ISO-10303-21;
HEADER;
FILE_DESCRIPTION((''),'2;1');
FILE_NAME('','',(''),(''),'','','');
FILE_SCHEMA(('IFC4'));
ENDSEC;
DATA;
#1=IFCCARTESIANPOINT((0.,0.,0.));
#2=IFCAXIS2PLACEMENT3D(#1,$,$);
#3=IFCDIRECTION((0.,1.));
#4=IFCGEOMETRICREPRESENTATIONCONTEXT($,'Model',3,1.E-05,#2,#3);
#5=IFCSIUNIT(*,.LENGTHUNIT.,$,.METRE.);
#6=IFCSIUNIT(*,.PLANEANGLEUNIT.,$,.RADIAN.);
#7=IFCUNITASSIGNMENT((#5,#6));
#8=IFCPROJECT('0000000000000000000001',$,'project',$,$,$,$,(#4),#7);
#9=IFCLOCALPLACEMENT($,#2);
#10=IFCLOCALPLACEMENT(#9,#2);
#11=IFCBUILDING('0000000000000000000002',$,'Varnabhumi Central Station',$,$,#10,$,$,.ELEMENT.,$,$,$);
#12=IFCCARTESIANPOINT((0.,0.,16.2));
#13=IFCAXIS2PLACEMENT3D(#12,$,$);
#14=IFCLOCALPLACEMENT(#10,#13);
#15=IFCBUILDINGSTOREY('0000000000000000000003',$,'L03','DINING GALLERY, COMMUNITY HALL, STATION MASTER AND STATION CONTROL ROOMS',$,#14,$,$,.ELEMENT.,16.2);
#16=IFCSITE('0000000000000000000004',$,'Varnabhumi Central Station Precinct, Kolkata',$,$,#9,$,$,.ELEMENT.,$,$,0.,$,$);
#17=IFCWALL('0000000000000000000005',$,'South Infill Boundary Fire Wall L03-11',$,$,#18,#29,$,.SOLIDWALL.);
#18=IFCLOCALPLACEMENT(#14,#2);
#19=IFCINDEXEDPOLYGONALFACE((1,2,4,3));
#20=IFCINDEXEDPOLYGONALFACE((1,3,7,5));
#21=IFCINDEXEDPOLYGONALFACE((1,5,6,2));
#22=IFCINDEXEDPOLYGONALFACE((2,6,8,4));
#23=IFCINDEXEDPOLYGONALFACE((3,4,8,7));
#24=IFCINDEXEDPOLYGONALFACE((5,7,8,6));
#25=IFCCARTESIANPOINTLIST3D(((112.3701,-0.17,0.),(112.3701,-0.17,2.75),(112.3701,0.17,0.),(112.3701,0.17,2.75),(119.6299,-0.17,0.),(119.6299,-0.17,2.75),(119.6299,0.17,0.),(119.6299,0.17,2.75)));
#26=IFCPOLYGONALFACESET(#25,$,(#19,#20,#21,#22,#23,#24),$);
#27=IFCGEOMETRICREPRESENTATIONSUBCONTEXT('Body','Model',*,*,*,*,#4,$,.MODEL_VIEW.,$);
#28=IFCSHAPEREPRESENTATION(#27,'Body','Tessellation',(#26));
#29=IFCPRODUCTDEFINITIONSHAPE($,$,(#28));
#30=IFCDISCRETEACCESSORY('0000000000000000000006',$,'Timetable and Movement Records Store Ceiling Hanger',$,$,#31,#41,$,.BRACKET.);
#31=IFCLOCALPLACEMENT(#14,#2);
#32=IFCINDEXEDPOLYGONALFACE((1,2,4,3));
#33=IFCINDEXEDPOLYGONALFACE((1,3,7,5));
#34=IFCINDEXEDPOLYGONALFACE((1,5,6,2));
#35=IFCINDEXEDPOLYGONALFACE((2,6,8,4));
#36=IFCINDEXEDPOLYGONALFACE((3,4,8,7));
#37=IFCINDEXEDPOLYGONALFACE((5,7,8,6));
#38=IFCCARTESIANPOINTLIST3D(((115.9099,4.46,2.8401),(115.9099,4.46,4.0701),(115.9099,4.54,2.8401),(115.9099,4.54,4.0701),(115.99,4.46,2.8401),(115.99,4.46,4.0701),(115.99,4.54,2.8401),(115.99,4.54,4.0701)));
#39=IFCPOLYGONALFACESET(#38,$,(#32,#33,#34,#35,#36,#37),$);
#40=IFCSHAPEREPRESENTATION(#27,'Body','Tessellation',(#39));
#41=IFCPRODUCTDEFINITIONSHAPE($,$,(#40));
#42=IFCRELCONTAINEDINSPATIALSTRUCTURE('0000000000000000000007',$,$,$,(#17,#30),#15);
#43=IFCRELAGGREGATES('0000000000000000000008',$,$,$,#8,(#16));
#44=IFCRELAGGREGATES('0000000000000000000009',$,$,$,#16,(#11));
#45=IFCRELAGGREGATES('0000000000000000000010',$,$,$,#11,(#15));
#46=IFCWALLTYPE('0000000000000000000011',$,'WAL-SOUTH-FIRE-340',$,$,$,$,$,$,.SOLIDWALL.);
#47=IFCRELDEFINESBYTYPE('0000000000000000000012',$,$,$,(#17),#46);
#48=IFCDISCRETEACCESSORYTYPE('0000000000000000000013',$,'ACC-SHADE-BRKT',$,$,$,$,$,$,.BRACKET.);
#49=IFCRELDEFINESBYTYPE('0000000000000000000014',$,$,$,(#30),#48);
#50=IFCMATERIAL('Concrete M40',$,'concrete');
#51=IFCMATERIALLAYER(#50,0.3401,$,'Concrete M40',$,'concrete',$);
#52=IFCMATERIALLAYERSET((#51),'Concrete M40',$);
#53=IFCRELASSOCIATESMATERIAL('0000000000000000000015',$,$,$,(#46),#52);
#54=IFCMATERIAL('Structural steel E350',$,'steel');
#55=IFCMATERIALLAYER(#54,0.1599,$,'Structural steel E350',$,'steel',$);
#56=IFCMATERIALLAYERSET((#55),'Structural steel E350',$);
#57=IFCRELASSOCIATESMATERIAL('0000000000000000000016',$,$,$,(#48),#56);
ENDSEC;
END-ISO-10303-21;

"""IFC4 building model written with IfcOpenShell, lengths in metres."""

from ifc_helpers import new_model, si_unit, direction, frame, frame_2d, origin, origin_2d, place, context, subcontext, project, spatial, rectangle, extrude, material, layer, layer_set, type_object, element, save


model = new_model("IFC4")

# Units and contexts
model_context = context("Model", 3, precision=1e-05, world=origin(), true_north=direction((0.0, 1.0)))
body_context = subcontext(model_context, "Body", "Model", "MODEL_VIEW")
ifc_project = project(units=[si_unit("LENGTHUNIT", "METRE"), si_unit("PLANEANGLEUNIT", "RADIAN")], contexts=[model_context])

# Site, building, storey
site_placement = place(None, origin())
site = spatial("IfcSite", under=ifc_project, at=site_placement, Name="Varnabhumi Central Station Precinct, Kolkata", CompositionType="ELEMENT", RefElevation=0.0)
building_placement = place(site_placement, origin())
building = spatial("IfcBuilding", under=site, at=building_placement, Name="Varnabhumi Central Station", CompositionType="ELEMENT")
storey_placement = place(building_placement, frame((0.0, 0.0, 16.2)))
storey = spatial("IfcBuildingStorey", under=building, at=storey_placement, Name="L03", Description="DINING GALLERY, COMMUNITY HALL, STATION MASTER AND STATION CONTROL ROOMS", CompositionType="ELEMENT", Elevation=16.2)

# Shared definitions
ifc_material_1 = material(Name="Concrete M40", Category="concrete")

# Shared definitions
ifc_material_2 = material(Name="Structural steel E350", Category="steel")

# Wall
ifc_layer_1 = layer(ifc_material_1, 0.3401, Name="Concrete M40", Category="concrete")
ifc_layer_set_1 = layer_set([ifc_layer_1], Name="Concrete M40")
wall_type_1 = type_object("IfcWallType", Name="WAL-SOUTH-FIRE-340", PredefinedType="SOLIDWALL", material=ifc_layer_set_1)
wall_1_placement = place(storey_placement, frame((112.3701, 0.0, 0.0), z_axis=(0.0, 0.0, 1.0), x_axis=(1.0, 0.0, 0.0)))
element("IfcWall", 1, at=wall_1_placement, inside=storey, type_object=wall_type_1, Name="South Infill Boundary Fire Wall L03-11", PredefinedType="SOLIDWALL", context=body_context, shape_type="SweptSolid", body=[
    extrude(rectangle(XDim=7.2598, YDim=0.3401, at=frame_2d((3.6299, 0.0))), origin(), (0.0, 0.0, 1.0), 2.75),
])

# Discrete accessory
ifc_layer_2 = layer(ifc_material_2, 0.1599, Name="Structural steel E350", Category="steel")
ifc_layer_set_2 = layer_set([ifc_layer_2], Name="Structural steel E350")
discrete_accessory_type = type_object("IfcDiscreteAccessoryType", Name="ACC-SHADE-BRKT", PredefinedType="BRACKET", material=ifc_layer_set_2)
discrete_accessory_placement = place(storey_placement, frame((115.95, 4.5, 2.8401), z_axis=(0.0, 0.0, 1.0), x_axis=(1.0, 0.0, 0.0)))
element("IfcDiscreteAccessory", 2, at=discrete_accessory_placement, inside=storey, type_object=discrete_accessory_type, Name="Timetable and Movement Records Store Ceiling Hanger", PredefinedType="BRACKET", context=body_context, shape_type="SweptSolid", body=[
    extrude(rectangle(XDim=0.0801, YDim=0.0801, at=origin_2d()), origin(), (0.0, 0.0, 1.0), 1.23),
])

save(model, "model.ifc")
